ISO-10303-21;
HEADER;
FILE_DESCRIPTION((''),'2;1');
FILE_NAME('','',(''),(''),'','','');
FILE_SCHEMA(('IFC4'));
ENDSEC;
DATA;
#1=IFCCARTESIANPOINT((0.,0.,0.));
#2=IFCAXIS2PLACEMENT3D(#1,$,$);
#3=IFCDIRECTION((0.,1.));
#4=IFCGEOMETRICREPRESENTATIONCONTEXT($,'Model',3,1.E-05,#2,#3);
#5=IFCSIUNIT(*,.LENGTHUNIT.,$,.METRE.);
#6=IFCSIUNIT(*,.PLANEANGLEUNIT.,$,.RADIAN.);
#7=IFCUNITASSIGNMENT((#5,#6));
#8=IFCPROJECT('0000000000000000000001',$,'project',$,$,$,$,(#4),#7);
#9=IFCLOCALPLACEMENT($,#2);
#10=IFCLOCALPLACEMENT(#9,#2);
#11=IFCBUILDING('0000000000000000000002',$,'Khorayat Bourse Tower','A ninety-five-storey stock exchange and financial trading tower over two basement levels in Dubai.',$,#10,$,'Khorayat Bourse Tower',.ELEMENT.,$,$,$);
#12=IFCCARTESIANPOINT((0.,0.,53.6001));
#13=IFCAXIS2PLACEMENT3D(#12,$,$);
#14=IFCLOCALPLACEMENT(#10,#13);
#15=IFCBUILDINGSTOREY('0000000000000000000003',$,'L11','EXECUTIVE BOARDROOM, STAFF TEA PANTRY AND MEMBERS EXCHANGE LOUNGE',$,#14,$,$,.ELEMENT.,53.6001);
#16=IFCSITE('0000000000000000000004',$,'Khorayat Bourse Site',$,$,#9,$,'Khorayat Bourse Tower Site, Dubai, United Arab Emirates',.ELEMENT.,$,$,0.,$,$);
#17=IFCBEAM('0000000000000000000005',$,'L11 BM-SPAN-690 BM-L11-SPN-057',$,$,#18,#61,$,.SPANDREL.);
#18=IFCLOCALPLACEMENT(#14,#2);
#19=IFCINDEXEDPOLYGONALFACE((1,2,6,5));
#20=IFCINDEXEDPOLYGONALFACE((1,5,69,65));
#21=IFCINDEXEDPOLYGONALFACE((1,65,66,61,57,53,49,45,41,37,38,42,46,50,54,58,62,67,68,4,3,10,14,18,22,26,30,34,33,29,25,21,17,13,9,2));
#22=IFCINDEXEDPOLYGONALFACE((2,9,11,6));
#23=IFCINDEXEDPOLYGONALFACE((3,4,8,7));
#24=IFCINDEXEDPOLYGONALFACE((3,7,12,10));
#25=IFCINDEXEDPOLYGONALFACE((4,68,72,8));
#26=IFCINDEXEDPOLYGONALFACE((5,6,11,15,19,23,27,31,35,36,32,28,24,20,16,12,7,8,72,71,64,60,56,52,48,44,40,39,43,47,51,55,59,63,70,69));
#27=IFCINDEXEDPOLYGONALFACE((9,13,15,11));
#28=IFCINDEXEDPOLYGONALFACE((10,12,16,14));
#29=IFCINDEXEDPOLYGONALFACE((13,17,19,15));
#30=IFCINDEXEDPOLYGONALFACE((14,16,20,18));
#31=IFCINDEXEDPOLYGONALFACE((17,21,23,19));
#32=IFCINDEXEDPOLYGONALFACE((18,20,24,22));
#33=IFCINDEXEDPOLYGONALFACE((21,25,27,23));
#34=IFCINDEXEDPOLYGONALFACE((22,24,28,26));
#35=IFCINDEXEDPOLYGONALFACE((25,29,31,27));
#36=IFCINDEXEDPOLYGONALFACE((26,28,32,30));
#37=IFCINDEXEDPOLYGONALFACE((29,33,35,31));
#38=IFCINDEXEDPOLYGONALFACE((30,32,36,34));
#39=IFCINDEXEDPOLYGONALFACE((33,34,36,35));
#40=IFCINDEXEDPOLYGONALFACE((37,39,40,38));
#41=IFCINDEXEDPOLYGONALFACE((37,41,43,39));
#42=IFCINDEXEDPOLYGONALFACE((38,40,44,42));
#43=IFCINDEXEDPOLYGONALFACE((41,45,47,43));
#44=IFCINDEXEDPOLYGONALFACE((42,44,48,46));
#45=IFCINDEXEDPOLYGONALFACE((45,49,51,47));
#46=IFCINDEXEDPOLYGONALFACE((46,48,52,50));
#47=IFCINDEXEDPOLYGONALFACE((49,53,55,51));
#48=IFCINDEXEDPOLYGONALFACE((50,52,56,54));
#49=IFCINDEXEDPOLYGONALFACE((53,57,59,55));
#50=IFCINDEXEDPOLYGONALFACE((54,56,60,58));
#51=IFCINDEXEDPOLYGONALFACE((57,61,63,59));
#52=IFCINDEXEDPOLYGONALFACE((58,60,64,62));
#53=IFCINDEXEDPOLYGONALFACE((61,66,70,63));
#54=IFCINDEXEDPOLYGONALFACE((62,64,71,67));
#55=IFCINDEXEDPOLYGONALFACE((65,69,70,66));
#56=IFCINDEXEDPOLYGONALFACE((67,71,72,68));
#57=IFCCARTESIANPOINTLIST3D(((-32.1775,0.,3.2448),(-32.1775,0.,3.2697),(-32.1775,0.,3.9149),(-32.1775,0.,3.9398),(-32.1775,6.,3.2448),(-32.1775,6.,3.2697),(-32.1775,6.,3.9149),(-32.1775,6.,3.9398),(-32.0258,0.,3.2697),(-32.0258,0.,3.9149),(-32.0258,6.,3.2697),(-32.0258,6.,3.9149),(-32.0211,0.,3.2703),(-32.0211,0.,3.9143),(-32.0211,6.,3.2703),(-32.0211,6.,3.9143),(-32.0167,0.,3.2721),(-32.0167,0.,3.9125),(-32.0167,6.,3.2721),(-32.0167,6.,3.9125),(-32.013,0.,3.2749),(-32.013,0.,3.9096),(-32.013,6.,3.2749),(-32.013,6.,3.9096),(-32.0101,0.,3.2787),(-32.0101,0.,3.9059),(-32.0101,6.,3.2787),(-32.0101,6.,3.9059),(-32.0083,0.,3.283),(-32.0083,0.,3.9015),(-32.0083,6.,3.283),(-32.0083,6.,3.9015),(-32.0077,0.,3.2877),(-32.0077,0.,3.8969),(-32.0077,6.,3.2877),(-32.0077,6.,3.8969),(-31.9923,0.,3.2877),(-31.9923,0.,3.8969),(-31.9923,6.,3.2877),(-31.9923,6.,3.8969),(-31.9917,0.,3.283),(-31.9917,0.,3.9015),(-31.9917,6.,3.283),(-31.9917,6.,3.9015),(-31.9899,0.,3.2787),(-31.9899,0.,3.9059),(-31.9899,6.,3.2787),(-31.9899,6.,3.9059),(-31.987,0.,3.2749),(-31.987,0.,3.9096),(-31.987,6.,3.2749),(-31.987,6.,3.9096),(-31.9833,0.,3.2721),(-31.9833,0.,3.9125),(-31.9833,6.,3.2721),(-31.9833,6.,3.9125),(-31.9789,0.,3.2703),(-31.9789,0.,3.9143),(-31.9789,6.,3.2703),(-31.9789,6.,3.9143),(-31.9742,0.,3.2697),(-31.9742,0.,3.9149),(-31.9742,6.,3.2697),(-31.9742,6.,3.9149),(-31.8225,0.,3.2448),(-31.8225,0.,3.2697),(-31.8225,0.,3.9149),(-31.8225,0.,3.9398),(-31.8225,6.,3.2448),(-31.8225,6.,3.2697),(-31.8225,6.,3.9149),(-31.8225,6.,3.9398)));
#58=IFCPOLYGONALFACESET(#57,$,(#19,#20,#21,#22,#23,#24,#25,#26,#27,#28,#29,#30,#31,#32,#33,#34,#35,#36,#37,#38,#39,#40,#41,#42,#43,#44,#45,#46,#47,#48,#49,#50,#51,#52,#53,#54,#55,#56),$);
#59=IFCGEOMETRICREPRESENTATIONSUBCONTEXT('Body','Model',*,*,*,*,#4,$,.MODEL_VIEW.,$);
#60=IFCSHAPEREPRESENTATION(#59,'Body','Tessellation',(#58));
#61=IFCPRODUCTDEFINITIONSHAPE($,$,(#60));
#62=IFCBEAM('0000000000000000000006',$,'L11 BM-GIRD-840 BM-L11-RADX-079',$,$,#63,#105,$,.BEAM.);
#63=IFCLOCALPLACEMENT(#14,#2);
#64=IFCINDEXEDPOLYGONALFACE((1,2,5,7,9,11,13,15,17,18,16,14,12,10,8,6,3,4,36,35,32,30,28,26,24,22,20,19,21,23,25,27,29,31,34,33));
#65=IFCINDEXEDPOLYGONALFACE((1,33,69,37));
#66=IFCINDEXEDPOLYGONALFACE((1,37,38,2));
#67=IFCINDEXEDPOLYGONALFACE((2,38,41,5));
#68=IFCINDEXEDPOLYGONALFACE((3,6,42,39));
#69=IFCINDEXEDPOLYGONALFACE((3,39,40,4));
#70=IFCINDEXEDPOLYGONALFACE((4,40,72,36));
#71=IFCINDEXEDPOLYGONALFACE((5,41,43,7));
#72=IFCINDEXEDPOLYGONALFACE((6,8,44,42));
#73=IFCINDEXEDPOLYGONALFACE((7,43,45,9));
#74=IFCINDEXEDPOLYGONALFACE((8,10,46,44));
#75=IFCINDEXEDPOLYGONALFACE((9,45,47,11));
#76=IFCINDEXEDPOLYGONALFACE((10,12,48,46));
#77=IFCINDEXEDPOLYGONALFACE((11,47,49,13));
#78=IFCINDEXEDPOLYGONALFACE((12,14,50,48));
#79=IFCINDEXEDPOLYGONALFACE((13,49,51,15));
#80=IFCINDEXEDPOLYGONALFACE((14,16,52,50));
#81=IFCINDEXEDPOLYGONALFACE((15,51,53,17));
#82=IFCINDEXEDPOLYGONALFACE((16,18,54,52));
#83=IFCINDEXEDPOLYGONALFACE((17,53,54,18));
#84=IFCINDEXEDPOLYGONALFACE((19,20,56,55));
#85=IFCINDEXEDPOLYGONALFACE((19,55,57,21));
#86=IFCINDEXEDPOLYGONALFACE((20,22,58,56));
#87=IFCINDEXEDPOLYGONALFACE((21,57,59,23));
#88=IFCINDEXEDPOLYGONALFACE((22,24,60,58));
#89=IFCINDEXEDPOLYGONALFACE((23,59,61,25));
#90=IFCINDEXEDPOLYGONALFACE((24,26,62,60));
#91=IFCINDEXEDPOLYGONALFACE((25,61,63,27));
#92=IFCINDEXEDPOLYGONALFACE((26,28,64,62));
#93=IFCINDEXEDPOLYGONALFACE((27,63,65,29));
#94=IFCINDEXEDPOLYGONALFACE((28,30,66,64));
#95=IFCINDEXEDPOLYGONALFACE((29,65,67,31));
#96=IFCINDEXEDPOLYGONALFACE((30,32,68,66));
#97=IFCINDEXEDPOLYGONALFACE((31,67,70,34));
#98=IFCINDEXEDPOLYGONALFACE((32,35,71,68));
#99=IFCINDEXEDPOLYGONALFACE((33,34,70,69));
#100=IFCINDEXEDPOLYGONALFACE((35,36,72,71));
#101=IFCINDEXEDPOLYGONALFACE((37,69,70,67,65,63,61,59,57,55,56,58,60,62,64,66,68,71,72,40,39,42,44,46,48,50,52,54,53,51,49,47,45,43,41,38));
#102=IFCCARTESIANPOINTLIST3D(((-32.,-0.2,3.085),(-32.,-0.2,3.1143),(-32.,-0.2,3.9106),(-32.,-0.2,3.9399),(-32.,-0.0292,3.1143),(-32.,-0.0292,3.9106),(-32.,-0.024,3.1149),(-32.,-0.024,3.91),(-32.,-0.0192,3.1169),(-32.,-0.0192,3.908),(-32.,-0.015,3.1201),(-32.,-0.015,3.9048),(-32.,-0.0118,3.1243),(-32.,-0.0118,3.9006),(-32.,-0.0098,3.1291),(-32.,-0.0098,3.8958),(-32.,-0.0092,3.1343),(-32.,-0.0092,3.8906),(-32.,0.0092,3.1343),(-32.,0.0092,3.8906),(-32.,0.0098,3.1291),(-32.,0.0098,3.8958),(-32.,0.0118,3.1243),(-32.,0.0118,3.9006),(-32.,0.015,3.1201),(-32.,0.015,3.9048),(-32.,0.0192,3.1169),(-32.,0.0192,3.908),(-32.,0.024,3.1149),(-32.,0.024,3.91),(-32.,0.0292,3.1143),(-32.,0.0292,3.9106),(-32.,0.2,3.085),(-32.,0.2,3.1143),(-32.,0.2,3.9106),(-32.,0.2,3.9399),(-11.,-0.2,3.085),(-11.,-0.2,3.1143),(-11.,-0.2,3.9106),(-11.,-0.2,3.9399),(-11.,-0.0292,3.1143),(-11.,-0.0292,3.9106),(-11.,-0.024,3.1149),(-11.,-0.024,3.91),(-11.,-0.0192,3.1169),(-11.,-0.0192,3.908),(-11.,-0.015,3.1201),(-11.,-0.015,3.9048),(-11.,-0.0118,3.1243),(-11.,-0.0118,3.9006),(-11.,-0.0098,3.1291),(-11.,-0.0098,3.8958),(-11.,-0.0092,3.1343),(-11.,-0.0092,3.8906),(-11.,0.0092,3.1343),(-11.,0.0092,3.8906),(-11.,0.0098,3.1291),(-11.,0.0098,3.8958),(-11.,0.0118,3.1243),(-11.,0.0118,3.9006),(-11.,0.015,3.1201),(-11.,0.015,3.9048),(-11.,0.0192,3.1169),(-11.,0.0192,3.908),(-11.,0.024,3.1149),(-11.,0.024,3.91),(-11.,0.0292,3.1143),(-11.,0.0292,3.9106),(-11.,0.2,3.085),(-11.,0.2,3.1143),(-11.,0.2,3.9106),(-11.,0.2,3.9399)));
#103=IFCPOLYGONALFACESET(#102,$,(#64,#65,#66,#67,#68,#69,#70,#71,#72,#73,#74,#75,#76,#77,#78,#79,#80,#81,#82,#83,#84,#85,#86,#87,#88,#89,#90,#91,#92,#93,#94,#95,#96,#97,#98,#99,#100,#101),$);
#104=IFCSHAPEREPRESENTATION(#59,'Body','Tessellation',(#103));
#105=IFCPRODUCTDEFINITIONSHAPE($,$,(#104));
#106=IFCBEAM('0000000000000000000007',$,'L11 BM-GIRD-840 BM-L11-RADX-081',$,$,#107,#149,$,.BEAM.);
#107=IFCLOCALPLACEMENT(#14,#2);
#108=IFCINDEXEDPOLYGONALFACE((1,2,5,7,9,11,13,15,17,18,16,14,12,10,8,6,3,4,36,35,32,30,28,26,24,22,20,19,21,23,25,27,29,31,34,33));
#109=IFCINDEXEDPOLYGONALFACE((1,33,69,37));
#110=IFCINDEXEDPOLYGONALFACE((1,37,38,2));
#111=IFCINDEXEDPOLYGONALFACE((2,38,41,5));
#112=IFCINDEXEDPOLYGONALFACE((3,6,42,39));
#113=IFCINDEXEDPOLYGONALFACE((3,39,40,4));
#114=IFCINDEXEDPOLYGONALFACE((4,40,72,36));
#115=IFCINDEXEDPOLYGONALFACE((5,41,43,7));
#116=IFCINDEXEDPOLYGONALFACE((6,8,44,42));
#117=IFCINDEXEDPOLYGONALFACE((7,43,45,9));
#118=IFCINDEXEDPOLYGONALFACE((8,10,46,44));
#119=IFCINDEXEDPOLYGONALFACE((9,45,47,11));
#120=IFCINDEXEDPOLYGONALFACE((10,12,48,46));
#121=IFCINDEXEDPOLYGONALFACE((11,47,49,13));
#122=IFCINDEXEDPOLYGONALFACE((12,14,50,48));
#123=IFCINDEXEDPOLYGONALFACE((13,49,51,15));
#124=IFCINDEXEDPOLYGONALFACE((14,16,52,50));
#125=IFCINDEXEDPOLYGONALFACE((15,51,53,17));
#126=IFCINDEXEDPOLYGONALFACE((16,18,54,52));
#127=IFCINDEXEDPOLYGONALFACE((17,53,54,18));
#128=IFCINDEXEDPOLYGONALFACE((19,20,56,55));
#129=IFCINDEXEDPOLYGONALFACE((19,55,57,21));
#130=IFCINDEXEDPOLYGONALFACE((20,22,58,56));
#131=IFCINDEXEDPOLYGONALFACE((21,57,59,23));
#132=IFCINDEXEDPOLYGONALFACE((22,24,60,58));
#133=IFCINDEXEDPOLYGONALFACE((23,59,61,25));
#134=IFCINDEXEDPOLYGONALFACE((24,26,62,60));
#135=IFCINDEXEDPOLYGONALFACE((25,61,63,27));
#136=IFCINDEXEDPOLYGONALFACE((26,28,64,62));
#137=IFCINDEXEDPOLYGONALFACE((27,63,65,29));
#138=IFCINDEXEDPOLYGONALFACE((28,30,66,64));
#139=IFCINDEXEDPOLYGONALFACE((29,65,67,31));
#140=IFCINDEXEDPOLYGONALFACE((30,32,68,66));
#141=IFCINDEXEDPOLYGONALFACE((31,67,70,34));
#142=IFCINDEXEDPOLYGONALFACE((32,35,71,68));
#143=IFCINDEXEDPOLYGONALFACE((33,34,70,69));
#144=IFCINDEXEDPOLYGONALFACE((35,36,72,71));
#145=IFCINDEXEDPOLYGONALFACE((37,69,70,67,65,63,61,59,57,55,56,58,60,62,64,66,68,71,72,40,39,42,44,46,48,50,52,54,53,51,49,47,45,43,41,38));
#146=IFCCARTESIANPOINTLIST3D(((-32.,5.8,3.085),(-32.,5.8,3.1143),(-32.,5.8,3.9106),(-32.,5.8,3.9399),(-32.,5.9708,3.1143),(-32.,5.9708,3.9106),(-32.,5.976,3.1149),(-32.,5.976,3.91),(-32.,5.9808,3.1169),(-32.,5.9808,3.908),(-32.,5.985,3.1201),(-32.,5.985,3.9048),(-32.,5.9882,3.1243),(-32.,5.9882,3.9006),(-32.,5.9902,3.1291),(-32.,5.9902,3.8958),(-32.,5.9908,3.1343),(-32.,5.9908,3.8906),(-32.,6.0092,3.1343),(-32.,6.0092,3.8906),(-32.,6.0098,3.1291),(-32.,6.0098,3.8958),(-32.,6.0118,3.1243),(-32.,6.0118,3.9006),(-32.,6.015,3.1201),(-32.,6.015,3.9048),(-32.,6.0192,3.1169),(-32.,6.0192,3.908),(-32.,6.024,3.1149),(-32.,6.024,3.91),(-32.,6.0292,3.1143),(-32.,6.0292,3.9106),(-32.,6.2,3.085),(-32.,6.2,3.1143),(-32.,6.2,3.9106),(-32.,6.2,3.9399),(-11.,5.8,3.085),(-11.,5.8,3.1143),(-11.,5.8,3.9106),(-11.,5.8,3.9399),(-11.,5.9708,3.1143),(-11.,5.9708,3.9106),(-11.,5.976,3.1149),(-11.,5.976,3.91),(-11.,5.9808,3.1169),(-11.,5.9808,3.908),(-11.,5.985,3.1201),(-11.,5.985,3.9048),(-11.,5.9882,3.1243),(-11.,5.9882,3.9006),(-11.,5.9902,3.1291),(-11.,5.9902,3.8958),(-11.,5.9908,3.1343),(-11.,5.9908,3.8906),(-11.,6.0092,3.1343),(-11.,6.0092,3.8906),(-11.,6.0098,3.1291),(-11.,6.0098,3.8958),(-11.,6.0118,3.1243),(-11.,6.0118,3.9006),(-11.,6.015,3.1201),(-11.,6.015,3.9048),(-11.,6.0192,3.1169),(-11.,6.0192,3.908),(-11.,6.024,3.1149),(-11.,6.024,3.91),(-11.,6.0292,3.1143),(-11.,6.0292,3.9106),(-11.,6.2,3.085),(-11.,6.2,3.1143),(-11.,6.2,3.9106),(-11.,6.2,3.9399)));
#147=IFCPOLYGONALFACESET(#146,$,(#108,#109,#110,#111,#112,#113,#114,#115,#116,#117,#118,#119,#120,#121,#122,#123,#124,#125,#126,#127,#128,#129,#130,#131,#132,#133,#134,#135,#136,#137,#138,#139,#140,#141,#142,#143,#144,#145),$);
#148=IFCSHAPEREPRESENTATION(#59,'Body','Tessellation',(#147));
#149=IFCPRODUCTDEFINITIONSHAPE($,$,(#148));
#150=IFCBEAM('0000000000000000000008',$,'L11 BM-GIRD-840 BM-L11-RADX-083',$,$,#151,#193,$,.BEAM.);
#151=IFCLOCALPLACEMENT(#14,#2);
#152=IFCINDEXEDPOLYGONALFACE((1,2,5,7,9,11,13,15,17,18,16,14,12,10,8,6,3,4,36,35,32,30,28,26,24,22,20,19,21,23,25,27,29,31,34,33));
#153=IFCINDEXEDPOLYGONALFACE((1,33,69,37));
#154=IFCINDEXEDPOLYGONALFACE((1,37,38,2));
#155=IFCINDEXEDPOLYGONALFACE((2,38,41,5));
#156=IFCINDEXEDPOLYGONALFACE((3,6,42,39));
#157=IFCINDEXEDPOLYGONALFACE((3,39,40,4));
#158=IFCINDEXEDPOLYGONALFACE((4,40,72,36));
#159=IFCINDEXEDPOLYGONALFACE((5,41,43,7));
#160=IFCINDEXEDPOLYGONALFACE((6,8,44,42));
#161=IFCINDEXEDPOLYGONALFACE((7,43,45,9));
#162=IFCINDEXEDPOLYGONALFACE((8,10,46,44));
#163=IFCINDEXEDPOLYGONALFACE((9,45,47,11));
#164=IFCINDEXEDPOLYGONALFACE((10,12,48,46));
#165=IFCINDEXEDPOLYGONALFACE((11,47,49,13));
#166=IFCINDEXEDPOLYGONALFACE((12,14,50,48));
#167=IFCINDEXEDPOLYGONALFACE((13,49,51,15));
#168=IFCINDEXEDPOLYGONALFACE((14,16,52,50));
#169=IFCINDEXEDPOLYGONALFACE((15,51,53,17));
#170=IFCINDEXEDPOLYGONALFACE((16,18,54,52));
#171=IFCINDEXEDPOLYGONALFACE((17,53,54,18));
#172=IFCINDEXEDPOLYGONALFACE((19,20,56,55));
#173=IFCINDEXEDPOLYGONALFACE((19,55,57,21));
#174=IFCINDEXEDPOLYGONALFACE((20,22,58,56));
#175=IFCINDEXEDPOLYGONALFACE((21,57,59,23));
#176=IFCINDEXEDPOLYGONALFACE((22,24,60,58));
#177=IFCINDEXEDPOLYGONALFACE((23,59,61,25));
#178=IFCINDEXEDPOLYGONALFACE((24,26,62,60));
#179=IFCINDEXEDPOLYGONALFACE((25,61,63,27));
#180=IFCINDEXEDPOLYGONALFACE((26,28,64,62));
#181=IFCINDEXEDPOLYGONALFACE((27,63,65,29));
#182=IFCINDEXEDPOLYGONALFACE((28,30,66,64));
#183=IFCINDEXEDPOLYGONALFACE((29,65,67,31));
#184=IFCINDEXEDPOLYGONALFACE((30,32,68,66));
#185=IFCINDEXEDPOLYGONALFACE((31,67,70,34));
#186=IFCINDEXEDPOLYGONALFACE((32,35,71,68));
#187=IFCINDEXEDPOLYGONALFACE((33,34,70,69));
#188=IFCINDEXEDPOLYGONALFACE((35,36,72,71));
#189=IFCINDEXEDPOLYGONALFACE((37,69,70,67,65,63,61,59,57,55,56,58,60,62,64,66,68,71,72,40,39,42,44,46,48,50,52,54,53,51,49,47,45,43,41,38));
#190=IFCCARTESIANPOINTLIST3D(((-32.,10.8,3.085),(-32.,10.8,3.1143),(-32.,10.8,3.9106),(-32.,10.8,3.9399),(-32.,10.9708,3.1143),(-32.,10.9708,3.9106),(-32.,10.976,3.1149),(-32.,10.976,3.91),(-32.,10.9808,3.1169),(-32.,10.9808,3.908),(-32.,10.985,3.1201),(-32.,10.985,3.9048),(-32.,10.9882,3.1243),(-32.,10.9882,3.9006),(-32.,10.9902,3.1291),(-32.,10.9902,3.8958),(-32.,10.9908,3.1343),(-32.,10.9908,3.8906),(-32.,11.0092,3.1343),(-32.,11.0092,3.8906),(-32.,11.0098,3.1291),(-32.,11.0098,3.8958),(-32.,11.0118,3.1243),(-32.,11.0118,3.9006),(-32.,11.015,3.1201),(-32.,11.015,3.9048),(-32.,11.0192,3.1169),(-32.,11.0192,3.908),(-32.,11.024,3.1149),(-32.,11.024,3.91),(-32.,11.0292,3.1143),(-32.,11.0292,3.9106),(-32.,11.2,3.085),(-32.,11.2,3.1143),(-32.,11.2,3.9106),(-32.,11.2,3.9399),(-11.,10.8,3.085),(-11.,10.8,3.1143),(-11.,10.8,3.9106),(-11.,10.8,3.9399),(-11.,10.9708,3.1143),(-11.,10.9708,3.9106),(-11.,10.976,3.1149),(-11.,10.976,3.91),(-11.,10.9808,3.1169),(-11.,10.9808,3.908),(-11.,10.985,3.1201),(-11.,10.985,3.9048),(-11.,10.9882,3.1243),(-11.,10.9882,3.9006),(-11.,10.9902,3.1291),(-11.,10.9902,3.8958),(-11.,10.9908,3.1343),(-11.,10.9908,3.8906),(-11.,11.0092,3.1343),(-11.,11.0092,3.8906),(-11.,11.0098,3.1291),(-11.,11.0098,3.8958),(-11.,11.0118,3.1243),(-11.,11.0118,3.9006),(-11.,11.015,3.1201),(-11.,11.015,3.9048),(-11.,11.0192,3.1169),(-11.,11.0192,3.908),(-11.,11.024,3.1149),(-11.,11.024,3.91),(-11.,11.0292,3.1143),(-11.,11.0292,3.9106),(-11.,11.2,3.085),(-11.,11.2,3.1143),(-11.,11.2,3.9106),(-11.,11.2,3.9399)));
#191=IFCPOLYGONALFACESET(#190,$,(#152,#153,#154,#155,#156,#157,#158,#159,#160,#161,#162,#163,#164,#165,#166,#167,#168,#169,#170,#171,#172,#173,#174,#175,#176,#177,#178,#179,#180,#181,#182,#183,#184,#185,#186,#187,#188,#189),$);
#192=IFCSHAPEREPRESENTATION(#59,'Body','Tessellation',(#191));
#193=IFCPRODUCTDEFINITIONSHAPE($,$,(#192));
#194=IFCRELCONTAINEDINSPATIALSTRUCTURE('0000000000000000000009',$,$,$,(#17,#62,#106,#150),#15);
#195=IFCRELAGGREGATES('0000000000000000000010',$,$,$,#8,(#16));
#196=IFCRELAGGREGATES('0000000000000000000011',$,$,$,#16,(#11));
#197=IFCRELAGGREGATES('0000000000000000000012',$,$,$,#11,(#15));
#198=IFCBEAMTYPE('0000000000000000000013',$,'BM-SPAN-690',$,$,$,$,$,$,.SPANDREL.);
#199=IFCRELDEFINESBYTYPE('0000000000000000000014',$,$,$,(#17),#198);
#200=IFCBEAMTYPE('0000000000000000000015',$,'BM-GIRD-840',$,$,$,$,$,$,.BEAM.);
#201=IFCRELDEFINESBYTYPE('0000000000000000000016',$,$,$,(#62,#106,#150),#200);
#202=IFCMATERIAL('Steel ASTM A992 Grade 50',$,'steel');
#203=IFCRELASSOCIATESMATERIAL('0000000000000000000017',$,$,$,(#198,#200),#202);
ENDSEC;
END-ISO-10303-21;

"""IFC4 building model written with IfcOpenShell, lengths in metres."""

from ifc_helpers import new_model, si_unit, direction, frame, origin, origin_2d, place, context, subcontext, project, spatial, i_section, extrude, source, transform, mapped, material, material_profile, profile_set, type_object, element, save


model = new_model("IFC4")

# Units and contexts
model_context = context("Model", 3, precision=1e-05, world=origin(), true_north=direction((0.0, 1.0)))
body_context = subcontext(model_context, "Body", "Model", "MODEL_VIEW")
ifc_project = project(units=[si_unit("LENGTHUNIT", "METRE"), si_unit("PLANEANGLEUNIT", "RADIAN")], contexts=[model_context])

# Site, building, storey
site_placement = place(None, origin())
site = spatial("IfcSite", under=ifc_project, at=site_placement, Name="Khorayat Bourse Site", LongName="Khorayat Bourse Tower Site, Dubai, United Arab Emirates", CompositionType="ELEMENT", RefElevation=0.0)
building_placement = place(site_placement, origin())
building = spatial("IfcBuilding", under=site, at=building_placement, Name="Khorayat Bourse Tower", Description="A ninety-five-storey stock exchange and financial trading tower over two basement levels in Dubai.", LongName="Khorayat Bourse Tower", CompositionType="ELEMENT")
storey_placement = place(building_placement, frame((0.0, 0.0, 53.6001)))
storey = spatial("IfcBuildingStorey", under=building, at=storey_placement, Name="L11", Description="EXECUTIVE BOARDROOM, STAFF TEA PANTRY AND MEMBERS EXCHANGE LOUNGE", CompositionType="ELEMENT", Elevation=53.6001)

# Beams
ifc_material_1 = material(Name="Steel ASTM A992 Grade 50", Category="steel")
ifc_material_profile_1 = material_profile(ifc_material_1, i_section(OverallWidth=0.355, OverallDepth=0.6951, WebThickness=0.0154, FlangeThickness=0.0249, FilletRadius=0.0181, at=origin_2d()), Name="W690X217")
ifc_profile_set_1 = profile_set([ifc_material_profile_1], Name="Steel ASTM A992 Grade 50")
beam_type_1 = type_object("IfcBeamType", Name="BM-SPAN-690", PredefinedType="SPANDREL", material=ifc_profile_set_1)
shared_shape_1 = source(origin(), body_context, "Body", "SweptSolid", [
    extrude(i_section(OverallWidth=0.355, OverallDepth=0.6951, WebThickness=0.0154, FlangeThickness=0.0249, FilletRadius=0.0181, at=origin_2d()), origin(), (0.0, 0.0, 1.0), 6.0),
])
beam_1_placement = place(storey_placement, frame((-32.0, 0.0, 3.5923), z_axis=(0.0, 1.0, 0.0), x_axis=(-1.0, 0.0, 0.0)))
element("IfcBeam", 1, at=beam_1_placement, inside=storey, type_object=beam_type_1, Name="L11 BM-SPAN-690 BM-L11-SPN-057", PredefinedType="SPANDREL", context=body_context, shape_type="MappedRepresentation", body=[
    mapped(shared_shape_1, transform((0.0, 0.0, 0.0), scale=1.0)),
])
ifc_material_profile_2 = material_profile(ifc_material_1, i_section(OverallWidth=0.3999, OverallDepth=0.855, WebThickness=0.0183, FlangeThickness=0.0293, FilletRadius=0.02, at=origin_2d()), Name="W840X299")
ifc_profile_set_2 = profile_set([ifc_material_profile_2], Name="Steel ASTM A992 Grade 50")
beam_type_2 = type_object("IfcBeamType", Name="BM-GIRD-840", PredefinedType="BEAM", material=ifc_profile_set_2)
shared_shape_2 = source(origin(), body_context, "Body", "SweptSolid", [
    extrude(i_section(OverallWidth=0.3999, OverallDepth=0.855, WebThickness=0.0183, FlangeThickness=0.0293, FilletRadius=0.02, at=origin_2d()), origin(), (0.0, 0.0, 1.0), 21.0),
])
for number, where, z_axis, x_axis, name in (
    (2, (-32.0, 0.0, 3.5125), (1.0, 0.0, 0.0), (0.0, 1.0, 0.0), "L11 BM-GIRD-840 BM-L11-RADX-079"),
    (3, (-32.0, 6.0, 3.5125), (1.0, 0.0, 0.0), (0.0, 1.0, 0.0), "L11 BM-GIRD-840 BM-L11-RADX-081"),
    (4, (-32.0, 11.0, 3.5125), (1.0, 0.0, 0.0), (0.0, 1.0, 0.0), "L11 BM-GIRD-840 BM-L11-RADX-083"),
):
    element("IfcBeam", number, at=place(storey_placement, frame(where, z_axis=z_axis, x_axis=x_axis)), inside=storey, type_object=beam_type_2, Name=name, PredefinedType="BEAM", context=body_context, shape_type="MappedRepresentation", body=[
        mapped(shared_shape_2, transform((0.0, 0.0, 0.0), scale=1.0)),
    ])

save(model, "model.ifc")
